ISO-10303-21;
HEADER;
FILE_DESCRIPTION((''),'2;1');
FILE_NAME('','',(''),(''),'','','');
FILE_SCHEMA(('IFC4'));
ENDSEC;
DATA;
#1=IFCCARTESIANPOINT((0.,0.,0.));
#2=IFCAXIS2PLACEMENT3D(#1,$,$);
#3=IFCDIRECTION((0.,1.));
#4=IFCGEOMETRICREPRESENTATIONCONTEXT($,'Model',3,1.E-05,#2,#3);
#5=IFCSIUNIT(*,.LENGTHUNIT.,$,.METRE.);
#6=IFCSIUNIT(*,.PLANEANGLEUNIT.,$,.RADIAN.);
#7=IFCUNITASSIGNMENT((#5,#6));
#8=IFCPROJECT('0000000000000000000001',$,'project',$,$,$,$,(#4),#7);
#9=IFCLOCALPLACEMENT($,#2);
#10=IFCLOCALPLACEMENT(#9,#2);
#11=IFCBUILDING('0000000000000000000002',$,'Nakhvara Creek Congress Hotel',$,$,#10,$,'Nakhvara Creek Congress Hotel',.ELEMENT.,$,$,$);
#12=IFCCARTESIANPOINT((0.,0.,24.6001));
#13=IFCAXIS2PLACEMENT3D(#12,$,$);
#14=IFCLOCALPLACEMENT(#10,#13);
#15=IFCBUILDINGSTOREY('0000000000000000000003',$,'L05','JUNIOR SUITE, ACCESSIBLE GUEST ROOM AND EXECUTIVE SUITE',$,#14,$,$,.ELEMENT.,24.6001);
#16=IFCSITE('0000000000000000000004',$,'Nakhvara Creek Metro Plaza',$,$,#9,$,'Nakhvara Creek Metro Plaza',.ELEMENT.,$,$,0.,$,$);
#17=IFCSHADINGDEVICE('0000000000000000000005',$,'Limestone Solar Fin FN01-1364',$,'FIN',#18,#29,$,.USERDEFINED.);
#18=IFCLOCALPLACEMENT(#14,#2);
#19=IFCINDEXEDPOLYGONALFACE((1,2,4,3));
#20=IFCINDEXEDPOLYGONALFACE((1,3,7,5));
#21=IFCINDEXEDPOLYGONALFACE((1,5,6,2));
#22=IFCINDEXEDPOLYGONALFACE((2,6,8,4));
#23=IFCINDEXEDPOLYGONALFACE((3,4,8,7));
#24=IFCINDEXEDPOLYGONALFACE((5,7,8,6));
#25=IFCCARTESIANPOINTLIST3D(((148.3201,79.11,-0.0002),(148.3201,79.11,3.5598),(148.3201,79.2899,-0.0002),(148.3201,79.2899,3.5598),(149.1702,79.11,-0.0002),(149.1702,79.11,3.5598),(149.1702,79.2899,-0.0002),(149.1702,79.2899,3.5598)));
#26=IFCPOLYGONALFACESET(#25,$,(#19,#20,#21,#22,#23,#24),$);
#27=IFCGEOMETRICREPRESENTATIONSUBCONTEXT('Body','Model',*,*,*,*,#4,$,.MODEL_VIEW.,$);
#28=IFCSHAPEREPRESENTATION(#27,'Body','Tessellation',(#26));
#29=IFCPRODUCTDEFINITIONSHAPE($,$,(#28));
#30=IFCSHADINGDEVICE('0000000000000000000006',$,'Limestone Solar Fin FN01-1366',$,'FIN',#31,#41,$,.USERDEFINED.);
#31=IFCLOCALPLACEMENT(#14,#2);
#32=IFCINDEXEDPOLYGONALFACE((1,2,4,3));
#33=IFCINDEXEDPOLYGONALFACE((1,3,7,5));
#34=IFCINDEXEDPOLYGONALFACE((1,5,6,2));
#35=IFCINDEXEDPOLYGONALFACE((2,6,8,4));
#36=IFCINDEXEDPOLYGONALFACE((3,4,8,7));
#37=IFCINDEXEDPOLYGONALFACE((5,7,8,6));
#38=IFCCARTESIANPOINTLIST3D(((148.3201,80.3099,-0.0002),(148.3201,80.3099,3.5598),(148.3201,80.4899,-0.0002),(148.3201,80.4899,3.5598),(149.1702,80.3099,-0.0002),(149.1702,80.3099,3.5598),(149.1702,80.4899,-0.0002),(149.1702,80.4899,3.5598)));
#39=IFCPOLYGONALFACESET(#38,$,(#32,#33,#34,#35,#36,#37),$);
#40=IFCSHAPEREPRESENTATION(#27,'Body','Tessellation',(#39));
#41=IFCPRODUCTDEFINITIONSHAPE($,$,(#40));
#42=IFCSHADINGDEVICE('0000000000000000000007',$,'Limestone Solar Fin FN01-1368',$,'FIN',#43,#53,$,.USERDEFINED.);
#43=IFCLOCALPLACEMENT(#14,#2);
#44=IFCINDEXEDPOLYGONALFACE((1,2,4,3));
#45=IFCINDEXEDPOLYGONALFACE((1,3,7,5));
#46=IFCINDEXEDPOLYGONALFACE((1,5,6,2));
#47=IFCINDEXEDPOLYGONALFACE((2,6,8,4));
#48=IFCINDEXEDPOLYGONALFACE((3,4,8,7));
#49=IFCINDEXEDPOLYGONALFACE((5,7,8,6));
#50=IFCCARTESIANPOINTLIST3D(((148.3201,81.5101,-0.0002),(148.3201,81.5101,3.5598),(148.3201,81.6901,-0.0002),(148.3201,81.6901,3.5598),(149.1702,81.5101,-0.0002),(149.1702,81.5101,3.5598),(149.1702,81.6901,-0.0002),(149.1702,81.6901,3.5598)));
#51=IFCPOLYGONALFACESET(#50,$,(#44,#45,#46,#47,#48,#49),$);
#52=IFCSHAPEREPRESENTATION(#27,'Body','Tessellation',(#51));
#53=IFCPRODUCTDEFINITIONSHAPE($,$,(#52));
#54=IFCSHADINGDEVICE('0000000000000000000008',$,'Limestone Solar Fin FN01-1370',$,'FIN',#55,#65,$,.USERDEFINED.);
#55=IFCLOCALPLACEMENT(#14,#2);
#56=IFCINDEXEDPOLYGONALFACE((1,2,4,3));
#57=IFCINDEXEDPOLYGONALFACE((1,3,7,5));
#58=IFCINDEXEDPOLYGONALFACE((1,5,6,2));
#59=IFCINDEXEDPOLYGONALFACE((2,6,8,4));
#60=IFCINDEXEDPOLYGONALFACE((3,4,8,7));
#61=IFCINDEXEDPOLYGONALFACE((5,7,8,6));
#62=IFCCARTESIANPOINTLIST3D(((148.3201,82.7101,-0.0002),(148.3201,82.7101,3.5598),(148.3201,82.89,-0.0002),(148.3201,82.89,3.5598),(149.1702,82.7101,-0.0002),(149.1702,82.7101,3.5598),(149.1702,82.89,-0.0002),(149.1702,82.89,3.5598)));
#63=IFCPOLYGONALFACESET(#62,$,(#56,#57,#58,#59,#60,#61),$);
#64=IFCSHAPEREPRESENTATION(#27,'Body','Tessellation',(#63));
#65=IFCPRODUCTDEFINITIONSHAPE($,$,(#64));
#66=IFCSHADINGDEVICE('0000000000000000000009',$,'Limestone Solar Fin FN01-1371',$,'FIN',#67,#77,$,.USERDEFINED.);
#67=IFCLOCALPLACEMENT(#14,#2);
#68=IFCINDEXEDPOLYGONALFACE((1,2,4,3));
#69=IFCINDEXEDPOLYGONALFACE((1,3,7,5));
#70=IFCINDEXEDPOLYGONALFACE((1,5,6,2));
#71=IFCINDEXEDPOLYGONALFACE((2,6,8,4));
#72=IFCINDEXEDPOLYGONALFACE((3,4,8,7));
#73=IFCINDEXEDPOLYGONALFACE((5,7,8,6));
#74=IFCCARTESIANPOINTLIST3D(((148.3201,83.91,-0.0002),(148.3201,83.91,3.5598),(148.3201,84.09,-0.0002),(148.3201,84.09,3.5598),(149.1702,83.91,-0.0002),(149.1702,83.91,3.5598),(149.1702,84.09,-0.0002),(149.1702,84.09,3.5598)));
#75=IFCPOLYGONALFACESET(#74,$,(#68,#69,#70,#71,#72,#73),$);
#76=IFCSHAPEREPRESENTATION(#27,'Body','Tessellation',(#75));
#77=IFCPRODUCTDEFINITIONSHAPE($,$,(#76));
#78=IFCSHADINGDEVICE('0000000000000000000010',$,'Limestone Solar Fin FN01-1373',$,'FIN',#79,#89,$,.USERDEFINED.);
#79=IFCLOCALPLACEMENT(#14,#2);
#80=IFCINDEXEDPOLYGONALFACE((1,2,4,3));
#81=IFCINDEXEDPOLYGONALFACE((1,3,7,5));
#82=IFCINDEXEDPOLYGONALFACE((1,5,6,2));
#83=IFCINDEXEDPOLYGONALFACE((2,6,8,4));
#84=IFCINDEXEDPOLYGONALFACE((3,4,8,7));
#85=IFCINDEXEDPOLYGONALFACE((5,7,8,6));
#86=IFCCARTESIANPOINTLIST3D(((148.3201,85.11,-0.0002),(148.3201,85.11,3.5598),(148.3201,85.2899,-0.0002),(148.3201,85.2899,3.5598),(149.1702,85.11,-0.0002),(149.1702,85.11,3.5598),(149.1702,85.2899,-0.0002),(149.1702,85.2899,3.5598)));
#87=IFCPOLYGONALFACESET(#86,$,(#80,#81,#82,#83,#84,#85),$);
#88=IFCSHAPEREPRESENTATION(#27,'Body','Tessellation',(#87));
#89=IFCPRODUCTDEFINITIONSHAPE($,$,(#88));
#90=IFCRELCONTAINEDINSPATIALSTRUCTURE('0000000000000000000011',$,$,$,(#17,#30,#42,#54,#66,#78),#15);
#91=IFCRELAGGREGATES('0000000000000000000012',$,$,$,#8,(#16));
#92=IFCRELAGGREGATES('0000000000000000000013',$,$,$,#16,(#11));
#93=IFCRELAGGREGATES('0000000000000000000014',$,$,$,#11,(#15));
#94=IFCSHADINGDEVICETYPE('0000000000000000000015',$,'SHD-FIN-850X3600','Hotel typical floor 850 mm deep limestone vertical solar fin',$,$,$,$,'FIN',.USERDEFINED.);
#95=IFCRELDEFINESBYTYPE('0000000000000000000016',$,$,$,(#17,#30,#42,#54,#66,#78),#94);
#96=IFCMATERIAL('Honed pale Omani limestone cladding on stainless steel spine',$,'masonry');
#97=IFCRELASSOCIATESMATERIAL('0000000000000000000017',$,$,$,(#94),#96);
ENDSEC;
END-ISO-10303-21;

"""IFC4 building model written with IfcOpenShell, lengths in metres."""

from ifc_helpers import new_model, si_unit, direction, frame, origin, origin_2d, place, context, subcontext, project, spatial, rectangle, extrude, material, type_object, element, save


model = new_model("IFC4")

# Units and contexts
model_context = context("Model", 3, precision=1e-05, world=origin(), true_north=direction((0.0, 1.0)))
body_context = subcontext(model_context, "Body", "Model", "MODEL_VIEW")
ifc_project = project(units=[si_unit("LENGTHUNIT", "METRE"), si_unit("PLANEANGLEUNIT", "RADIAN")], contexts=[model_context])

# Site, building, storey
site_placement = place(None, origin())
site = spatial("IfcSite", under=ifc_project, at=site_placement, Name="Nakhvara Creek Metro Plaza", LongName="Nakhvara Creek Metro Plaza", CompositionType="ELEMENT", RefElevation=0.0)
building_placement = place(site_placement, origin())
building = spatial("IfcBuilding", under=site, at=building_placement, Name="Nakhvara Creek Congress Hotel", LongName="Nakhvara Creek Congress Hotel", CompositionType="ELEMENT")
storey_placement = place(building_placement, frame((0.0, 0.0, 24.6001)))
storey = spatial("IfcBuildingStorey", under=building, at=storey_placement, Name="L05", Description="JUNIOR SUITE, ACCESSIBLE GUEST ROOM AND EXECUTIVE SUITE", CompositionType="ELEMENT", Elevation=24.6001)

# Shading devices
ifc_material_1 = material(Name="Honed pale Omani limestone cladding on stainless steel spine", Category="masonry")
shading_device_type = type_object("IfcShadingDeviceType", Name="SHD-FIN-850X3600", Description="Hotel typical floor 850 mm deep limestone vertical solar fin", ElementType="FIN", PredefinedType="USERDEFINED", material=ifc_material_1)
for number, where, z_axis, x_axis, name in (
    (1, (148.7451, 79.2, -0.0002), (0.0, 0.0, 1.0), (0.0, 1.0, 0.0), "Limestone Solar Fin FN01-1364"),
    (2, (148.7451, 80.3999, -0.0002), (0.0, 0.0, 1.0), (0.0, 1.0, 0.0), "Limestone Solar Fin FN01-1366"),
    (3, (148.7451, 81.6001, -0.0002), (0.0, 0.0, 1.0), (0.0, 1.0, 0.0), "Limestone Solar Fin FN01-1368"),
    (4, (148.7451, 82.8, -0.0002), (0.0, 0.0, 1.0), (0.0, 1.0, 0.0), "Limestone Solar Fin FN01-1370"),
    (5, (148.7451, 84.0, -0.0002), (0.0, 0.0, 1.0), (0.0, 1.0, 0.0), "Limestone Solar Fin FN01-1371"),
    (6, (148.7451, 85.2, -0.0002), (0.0, 0.0, 1.0), (0.0, 1.0, 0.0), "Limestone Solar Fin FN01-1373"),
):
    element("IfcShadingDevice", number, at=place(storey_placement, frame(where, z_axis=z_axis, x_axis=x_axis)), inside=storey, type_object=shading_device_type, Name=name, ObjectType="FIN", PredefinedType="USERDEFINED", context=body_context, shape_type="SweptSolid", body=[
        extrude(rectangle(XDim=0.1799, YDim=0.8501, at=origin_2d()), origin(), (0.0, 0.0, 1.0), 3.5601),
    ])

save(model, "model.ifc")
